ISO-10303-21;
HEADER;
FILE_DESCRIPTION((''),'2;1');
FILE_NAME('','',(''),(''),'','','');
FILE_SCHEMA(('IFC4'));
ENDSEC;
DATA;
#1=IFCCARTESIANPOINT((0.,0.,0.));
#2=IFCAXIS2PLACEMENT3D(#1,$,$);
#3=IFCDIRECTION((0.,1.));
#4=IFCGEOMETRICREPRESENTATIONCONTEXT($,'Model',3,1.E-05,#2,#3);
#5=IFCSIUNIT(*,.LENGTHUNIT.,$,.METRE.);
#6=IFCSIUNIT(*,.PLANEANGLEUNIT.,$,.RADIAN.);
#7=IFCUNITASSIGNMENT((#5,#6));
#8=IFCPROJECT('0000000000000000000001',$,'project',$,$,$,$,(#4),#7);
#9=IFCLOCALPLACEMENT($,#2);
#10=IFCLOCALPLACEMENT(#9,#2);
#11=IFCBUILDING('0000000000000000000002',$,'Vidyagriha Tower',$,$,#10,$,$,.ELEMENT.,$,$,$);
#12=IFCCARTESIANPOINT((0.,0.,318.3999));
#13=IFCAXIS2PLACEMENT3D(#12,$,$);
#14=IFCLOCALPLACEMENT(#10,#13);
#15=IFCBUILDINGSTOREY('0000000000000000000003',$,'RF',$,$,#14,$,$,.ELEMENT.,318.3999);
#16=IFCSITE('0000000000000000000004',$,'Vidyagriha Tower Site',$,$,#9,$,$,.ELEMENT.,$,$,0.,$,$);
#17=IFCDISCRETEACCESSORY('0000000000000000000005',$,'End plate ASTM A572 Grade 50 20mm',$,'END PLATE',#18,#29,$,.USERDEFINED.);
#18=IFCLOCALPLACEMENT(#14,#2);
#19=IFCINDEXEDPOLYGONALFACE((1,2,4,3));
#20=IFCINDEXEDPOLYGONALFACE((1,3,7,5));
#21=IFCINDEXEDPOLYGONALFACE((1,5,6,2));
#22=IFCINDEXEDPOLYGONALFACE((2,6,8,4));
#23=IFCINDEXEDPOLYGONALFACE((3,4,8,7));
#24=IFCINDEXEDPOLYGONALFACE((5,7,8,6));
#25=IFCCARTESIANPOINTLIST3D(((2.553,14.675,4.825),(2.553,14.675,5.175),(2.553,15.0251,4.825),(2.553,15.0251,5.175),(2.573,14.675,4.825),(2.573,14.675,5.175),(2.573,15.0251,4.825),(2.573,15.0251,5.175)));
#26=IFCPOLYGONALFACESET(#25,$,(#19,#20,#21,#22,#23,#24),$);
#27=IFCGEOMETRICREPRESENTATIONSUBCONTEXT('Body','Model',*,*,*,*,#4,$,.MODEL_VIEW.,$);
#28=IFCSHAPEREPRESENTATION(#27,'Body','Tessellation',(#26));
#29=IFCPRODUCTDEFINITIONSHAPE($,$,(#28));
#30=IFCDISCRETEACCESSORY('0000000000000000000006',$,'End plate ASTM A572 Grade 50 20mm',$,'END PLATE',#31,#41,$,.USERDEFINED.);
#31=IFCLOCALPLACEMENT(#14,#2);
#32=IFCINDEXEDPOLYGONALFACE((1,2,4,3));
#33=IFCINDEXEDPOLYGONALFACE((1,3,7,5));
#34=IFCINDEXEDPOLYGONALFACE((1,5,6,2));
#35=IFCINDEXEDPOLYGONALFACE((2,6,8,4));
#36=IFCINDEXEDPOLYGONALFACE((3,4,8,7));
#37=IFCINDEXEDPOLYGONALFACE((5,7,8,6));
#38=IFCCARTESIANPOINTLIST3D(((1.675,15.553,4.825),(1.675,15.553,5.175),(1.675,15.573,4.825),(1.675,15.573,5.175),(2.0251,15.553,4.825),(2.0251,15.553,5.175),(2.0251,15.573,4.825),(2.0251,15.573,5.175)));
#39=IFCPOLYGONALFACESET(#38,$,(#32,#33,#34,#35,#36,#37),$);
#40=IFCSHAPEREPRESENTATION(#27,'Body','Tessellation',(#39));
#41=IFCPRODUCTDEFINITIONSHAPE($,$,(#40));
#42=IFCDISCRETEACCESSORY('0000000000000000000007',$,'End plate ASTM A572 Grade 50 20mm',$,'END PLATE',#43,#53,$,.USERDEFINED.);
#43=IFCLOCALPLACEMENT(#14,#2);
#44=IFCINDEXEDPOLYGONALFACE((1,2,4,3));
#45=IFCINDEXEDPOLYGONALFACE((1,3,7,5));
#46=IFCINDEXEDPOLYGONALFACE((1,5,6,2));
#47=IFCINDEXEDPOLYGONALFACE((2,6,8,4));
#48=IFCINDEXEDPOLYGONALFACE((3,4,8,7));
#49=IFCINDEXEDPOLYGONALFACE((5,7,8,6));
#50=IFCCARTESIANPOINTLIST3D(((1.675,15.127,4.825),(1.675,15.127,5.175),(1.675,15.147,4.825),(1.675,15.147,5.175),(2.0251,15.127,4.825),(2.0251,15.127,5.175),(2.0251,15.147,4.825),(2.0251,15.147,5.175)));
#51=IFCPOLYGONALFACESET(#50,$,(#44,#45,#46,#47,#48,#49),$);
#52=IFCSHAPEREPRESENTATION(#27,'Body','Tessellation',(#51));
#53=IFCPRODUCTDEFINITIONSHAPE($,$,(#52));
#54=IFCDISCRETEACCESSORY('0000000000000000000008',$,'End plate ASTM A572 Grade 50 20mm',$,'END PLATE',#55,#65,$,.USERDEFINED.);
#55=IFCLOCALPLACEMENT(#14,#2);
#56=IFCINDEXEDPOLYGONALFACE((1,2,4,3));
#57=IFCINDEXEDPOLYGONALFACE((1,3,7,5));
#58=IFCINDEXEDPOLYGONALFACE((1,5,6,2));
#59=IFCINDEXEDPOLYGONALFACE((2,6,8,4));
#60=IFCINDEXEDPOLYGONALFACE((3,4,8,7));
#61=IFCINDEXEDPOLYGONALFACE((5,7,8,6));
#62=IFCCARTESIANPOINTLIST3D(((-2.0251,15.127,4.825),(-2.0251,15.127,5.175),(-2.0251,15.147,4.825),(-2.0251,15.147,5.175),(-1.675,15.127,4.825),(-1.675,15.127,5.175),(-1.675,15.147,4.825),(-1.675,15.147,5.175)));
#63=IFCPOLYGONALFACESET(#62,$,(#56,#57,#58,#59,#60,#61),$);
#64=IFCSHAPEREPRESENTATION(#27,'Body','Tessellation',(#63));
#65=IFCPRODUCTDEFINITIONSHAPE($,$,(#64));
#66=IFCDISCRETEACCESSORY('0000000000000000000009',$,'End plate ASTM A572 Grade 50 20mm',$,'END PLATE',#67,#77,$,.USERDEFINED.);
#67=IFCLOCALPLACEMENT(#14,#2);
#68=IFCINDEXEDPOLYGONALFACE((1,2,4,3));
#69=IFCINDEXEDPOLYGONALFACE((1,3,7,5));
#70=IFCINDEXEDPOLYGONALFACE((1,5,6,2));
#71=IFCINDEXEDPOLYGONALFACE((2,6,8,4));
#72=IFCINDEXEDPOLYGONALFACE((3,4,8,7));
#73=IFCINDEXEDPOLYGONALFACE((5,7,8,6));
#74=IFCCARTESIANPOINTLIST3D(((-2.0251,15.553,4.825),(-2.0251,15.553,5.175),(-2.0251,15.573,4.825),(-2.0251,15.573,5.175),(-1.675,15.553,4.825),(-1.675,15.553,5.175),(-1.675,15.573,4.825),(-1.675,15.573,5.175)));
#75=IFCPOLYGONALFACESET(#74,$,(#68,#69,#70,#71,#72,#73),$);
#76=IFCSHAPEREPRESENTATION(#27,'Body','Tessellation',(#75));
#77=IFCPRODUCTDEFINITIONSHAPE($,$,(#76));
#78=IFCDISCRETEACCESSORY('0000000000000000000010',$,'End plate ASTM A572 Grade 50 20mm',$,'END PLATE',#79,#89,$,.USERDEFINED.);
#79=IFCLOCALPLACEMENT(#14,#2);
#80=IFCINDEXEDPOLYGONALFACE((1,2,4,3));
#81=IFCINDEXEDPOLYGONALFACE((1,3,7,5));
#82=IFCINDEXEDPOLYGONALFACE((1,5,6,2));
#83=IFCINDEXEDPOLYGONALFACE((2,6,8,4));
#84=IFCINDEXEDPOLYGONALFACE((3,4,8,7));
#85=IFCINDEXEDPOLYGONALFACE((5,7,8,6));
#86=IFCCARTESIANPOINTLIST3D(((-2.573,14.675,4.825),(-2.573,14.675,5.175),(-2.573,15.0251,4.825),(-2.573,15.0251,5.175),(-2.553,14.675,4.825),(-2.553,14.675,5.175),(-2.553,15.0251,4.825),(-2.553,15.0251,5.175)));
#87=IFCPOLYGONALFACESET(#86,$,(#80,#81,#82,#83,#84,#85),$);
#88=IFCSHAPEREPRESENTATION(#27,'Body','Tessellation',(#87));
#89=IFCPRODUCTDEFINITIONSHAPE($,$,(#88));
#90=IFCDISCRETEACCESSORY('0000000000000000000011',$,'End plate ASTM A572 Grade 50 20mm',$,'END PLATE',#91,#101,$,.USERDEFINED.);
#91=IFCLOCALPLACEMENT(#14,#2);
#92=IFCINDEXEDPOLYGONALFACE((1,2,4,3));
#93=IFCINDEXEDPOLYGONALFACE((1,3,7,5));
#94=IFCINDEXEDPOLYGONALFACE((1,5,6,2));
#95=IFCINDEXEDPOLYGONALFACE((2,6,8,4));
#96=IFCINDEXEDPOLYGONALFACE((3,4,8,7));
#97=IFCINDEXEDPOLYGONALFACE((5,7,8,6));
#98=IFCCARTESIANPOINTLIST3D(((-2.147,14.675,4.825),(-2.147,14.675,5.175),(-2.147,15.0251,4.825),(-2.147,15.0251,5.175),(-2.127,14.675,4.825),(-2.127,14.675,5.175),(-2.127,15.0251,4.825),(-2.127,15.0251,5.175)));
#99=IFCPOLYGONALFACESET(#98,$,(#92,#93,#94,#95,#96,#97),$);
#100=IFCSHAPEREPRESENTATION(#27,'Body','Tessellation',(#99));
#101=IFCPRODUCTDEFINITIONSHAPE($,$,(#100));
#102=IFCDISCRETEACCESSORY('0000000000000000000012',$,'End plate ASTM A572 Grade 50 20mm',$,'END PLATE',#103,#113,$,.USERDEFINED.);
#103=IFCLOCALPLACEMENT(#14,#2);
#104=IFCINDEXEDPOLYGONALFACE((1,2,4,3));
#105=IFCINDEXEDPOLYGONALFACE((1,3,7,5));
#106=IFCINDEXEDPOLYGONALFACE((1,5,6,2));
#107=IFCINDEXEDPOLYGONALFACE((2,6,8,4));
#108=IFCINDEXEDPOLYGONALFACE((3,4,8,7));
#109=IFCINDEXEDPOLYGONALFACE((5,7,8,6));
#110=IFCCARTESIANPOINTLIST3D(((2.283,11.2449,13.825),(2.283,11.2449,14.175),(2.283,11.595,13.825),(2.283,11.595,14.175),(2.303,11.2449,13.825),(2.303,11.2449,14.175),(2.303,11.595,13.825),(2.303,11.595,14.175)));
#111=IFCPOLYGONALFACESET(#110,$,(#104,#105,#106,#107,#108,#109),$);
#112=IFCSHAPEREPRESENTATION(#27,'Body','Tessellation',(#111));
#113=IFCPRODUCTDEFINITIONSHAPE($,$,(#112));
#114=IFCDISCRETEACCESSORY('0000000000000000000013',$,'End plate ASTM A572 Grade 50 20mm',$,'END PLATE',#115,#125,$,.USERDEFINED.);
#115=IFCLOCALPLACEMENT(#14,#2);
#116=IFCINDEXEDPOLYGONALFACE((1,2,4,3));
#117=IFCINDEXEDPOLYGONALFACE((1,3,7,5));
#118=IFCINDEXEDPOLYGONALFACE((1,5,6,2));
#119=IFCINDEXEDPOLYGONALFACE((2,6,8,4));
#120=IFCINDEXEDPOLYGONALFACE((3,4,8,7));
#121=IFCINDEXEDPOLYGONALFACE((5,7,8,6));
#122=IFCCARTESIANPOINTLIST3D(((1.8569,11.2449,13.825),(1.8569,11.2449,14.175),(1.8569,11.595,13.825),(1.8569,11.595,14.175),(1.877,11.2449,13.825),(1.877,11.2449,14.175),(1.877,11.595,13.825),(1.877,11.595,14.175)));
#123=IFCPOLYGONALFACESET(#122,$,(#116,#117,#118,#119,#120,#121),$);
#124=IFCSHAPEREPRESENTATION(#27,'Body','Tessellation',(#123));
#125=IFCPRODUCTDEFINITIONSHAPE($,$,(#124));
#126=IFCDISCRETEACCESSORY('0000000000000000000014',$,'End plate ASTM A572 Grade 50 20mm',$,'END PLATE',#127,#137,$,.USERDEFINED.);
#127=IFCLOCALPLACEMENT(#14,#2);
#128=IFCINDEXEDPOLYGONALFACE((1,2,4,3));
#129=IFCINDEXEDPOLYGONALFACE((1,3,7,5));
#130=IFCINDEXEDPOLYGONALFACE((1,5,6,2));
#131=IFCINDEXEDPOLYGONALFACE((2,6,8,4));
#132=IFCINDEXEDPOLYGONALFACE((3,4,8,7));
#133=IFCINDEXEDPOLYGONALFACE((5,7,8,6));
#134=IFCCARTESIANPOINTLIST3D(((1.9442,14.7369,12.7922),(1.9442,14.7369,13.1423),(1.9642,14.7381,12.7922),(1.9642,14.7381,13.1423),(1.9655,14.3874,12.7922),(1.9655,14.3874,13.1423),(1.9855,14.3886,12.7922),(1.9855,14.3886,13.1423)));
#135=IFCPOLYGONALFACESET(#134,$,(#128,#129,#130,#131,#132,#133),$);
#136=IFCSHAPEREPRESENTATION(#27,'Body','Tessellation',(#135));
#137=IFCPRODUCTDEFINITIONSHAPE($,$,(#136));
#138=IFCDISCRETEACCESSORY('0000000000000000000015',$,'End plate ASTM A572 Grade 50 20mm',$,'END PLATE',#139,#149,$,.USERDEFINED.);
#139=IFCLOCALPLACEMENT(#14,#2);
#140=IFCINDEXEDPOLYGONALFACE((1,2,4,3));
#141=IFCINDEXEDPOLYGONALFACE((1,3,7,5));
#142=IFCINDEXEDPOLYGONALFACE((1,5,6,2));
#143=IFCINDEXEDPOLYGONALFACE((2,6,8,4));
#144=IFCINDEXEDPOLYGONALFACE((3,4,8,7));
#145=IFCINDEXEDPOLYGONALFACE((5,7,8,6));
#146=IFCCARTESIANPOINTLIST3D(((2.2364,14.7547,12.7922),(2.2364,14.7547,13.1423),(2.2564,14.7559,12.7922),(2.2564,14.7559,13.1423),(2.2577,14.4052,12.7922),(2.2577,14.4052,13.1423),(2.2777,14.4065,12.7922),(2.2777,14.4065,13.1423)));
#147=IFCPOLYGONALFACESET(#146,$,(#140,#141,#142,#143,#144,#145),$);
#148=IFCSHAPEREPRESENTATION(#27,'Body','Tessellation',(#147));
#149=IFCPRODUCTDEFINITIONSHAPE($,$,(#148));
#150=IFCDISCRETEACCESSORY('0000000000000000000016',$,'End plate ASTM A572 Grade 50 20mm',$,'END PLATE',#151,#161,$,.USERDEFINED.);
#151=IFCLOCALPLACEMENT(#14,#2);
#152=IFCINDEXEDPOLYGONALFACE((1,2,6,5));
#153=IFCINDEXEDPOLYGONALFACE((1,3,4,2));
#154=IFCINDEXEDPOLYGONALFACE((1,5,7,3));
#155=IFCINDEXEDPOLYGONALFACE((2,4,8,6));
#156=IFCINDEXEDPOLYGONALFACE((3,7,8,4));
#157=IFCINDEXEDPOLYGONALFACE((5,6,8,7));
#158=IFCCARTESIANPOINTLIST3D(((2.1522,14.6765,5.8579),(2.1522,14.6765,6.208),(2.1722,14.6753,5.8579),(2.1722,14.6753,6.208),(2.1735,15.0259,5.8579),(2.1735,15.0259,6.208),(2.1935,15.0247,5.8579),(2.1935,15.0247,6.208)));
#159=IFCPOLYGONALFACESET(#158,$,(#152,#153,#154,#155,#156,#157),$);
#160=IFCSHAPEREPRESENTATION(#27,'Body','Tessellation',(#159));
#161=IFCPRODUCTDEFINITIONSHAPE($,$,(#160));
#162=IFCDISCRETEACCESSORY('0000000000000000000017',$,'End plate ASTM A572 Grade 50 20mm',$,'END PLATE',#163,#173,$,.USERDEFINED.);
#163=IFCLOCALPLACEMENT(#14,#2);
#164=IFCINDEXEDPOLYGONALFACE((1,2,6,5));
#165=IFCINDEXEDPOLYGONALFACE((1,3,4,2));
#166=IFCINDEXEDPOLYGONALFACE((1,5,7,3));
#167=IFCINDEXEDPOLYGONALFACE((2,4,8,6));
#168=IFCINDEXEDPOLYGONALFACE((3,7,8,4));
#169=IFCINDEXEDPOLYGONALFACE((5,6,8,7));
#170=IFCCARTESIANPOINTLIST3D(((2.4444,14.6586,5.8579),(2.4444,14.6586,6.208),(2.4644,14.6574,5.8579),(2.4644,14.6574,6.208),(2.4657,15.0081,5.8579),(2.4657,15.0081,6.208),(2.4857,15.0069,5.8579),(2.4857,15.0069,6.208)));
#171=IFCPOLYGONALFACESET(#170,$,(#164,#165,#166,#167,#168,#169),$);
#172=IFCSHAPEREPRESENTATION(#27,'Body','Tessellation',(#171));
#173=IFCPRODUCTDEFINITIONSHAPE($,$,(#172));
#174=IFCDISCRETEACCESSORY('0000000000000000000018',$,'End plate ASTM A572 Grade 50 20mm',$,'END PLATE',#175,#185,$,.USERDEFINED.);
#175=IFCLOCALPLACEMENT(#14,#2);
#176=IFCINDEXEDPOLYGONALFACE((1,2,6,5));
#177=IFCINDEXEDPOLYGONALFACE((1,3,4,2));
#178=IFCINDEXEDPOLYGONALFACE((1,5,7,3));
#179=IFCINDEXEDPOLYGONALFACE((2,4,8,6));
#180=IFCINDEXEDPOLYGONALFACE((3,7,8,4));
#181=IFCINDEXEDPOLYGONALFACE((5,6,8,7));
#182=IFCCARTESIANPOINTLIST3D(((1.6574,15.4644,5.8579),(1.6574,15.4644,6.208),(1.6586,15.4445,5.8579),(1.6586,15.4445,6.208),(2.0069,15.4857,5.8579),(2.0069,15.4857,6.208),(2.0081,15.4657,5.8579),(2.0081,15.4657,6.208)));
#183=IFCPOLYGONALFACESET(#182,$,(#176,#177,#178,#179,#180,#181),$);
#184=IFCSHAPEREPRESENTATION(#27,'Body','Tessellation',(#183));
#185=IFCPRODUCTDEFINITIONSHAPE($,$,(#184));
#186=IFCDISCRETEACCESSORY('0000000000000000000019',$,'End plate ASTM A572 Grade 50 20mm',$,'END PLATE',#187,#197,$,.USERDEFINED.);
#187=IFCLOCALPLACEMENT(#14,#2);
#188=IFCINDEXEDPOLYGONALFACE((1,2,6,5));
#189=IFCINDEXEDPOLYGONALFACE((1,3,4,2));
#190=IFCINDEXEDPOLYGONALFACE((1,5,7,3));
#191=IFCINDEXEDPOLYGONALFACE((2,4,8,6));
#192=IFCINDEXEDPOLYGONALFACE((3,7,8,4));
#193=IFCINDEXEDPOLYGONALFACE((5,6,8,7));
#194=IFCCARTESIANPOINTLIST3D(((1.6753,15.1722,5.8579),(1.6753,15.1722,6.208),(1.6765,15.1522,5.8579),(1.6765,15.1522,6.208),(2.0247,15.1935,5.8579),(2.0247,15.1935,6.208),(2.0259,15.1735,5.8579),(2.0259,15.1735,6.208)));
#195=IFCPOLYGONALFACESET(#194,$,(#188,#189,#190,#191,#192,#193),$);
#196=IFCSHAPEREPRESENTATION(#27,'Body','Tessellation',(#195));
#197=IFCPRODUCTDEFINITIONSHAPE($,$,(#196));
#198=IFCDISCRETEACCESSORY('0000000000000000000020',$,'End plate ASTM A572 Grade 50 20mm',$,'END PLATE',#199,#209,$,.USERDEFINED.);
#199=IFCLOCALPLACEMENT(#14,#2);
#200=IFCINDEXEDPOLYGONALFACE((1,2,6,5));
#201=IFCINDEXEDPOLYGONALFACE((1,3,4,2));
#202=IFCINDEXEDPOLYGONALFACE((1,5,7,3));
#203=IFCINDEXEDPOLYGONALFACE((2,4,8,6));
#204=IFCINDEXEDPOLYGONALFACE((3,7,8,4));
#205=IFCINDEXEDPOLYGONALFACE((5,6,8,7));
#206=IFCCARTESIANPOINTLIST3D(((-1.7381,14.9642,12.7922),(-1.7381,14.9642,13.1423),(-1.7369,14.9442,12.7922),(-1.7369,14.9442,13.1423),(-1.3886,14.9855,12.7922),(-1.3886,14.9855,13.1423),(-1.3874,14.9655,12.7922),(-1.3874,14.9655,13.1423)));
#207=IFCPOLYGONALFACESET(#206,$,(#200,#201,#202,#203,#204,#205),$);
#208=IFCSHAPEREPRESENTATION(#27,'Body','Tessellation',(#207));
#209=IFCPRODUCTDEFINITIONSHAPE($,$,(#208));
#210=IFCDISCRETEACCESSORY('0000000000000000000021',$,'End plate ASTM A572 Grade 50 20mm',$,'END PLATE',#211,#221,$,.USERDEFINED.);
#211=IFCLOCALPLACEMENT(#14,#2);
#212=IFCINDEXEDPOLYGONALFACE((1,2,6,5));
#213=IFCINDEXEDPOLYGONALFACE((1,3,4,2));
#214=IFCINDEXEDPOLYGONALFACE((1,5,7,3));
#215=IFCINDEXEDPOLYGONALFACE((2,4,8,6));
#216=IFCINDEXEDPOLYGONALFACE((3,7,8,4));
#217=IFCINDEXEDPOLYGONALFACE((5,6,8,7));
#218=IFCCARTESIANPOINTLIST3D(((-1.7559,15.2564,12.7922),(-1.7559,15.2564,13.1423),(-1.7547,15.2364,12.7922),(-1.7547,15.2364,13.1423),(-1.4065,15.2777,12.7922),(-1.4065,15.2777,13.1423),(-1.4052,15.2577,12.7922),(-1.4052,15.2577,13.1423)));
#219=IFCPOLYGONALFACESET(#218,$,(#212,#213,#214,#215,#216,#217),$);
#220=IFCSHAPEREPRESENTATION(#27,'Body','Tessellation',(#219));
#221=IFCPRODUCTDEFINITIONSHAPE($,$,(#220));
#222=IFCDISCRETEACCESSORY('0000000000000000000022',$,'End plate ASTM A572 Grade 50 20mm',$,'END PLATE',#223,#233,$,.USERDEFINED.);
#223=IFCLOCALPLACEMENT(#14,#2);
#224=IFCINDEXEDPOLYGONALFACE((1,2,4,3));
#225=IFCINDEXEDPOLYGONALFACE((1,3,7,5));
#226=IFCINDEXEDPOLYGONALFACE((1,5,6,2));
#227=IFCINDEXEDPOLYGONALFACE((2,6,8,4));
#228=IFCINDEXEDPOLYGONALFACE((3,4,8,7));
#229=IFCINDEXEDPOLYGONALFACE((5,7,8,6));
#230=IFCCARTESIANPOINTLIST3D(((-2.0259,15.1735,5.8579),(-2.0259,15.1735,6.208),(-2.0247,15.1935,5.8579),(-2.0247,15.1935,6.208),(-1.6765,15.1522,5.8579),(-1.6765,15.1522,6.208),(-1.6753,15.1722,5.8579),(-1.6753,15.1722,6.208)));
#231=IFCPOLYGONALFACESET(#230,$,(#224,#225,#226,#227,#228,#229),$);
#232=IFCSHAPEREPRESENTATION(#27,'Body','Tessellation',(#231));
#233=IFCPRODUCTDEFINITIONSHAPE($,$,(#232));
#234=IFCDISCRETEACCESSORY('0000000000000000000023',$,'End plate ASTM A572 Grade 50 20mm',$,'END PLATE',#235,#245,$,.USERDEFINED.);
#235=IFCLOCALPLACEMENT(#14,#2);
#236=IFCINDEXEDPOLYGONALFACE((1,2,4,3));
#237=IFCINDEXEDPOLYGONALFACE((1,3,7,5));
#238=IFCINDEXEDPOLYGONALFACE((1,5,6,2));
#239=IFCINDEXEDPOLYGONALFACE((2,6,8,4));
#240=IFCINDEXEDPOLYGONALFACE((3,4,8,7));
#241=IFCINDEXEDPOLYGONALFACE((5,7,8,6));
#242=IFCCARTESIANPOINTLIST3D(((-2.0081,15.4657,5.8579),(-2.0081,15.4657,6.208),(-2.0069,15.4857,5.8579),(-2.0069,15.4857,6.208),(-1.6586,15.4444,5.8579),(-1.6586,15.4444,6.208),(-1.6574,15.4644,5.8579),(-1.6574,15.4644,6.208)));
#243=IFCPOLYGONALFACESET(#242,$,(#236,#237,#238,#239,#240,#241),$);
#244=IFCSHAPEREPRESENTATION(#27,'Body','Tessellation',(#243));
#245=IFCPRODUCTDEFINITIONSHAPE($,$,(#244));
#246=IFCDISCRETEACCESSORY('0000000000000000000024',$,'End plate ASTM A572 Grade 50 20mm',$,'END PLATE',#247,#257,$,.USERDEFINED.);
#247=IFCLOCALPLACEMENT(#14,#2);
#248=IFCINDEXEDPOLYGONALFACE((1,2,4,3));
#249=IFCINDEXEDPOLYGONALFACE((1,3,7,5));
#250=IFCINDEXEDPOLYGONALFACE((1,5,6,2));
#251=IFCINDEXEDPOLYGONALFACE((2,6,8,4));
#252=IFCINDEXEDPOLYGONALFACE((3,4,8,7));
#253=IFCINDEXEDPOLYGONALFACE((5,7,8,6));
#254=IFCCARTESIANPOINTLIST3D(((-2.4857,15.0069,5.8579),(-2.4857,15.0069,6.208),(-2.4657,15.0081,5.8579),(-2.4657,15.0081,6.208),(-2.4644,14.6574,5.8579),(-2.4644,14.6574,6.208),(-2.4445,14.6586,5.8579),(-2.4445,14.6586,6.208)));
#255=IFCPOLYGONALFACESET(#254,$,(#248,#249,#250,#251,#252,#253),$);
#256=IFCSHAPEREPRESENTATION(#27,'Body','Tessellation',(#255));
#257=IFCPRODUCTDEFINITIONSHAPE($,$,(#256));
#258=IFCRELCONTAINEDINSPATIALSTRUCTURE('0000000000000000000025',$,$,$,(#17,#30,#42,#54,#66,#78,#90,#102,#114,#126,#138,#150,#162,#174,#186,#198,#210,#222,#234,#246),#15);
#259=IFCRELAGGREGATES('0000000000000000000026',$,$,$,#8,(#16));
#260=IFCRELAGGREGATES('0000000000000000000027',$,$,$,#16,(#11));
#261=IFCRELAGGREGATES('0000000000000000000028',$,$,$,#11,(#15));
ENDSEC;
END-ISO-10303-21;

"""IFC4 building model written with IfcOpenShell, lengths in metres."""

from ifc_helpers import new_model, si_unit, direction, frame, origin, origin_2d, place, context, subcontext, project, spatial, rectangle, extrude, element, save


model = new_model("IFC4")

# Units and contexts
model_context = context("Model", 3, precision=1e-05, world=origin(), true_north=direction((0.0, 1.0)))
body_context = subcontext(model_context, "Body", "Model", "MODEL_VIEW")
ifc_project = project(units=[si_unit("LENGTHUNIT", "METRE"), si_unit("PLANEANGLEUNIT", "RADIAN")], contexts=[model_context])

# Site, building, storey
site_placement = place(None, origin())
site = spatial("IfcSite", under=ifc_project, at=site_placement, Name="Vidyagriha Tower Site", CompositionType="ELEMENT", RefElevation=0.0)
building_placement = place(site_placement, origin())
building = spatial("IfcBuilding", under=site, at=building_placement, Name="Vidyagriha Tower", CompositionType="ELEMENT")
storey_placement = place(building_placement, frame((0.0, 0.0, 318.3999)))
storey = spatial("IfcBuildingStorey", under=building, at=storey_placement, Name="RF", CompositionType="ELEMENT", Elevation=318.3999)

# Discrete accessories
for number, where, z_axis, x_axis, name in (
    (1, (2.563, 14.8501, 4.825), (0.0, 0.0, 1.0), (0.0, 1.0, 0.0), "End plate ASTM A572 Grade 50 20mm"),
):
    element("IfcDiscreteAccessory", number, at=place(storey_placement, frame(where, z_axis=z_axis, x_axis=x_axis)), inside=storey, Name=name, ObjectType="END PLATE", PredefinedType="USERDEFINED", context=body_context, shape_type="SweptSolid", body=[
        extrude(rectangle(XDim=0.3501, YDim=0.02, at=origin_2d()), origin(), (0.0, 0.0, 1.0), 0.3501),
    ])
for number, where, name in (
    (2, (1.8501, 15.563, 4.825), "End plate ASTM A572 Grade 50 20mm"),
    (3, (1.8501, 15.137, 4.825), "End plate ASTM A572 Grade 50 20mm"),
):
    element("IfcDiscreteAccessory", number, at=place(storey_placement, frame(where)), inside=storey, Name=name, ObjectType="END PLATE", PredefinedType="USERDEFINED", context=body_context, shape_type="SweptSolid", body=[
        extrude(rectangle(XDim=0.3501, YDim=0.02, at=origin_2d()), origin(), (0.0, 0.0, 1.0), 0.3501),
    ])
for number, where, z_axis, x_axis, name in (
    (4, (-1.8501, 15.137, 4.825), (0.0, 0.0, 1.0), (-1.0, 0.0, 0.0), "End plate ASTM A572 Grade 50 20mm"),
    (5, (-1.8501, 15.563, 4.825), (0.0, 0.0, 1.0), (-1.0, 0.0, 0.0), "End plate ASTM A572 Grade 50 20mm"),
    (6, (-2.563, 14.8501, 4.825), (0.0, 0.0, 1.0), (0.0, 1.0, 0.0), "End plate ASTM A572 Grade 50 20mm"),
    (7, (-2.137, 14.8501, 4.825), (0.0, 0.0, 1.0), (0.0, 1.0, 0.0), "End plate ASTM A572 Grade 50 20mm"),
    (8, (2.293, 11.4199, 13.825), (0.0, 0.0, 1.0), (0.0, -1.0, 0.0), "End plate ASTM A572 Grade 50 20mm"),
    (9, (1.8669, 11.4199, 13.825), (0.0, 0.0, 1.0), (0.0, -1.0, 0.0), "End plate ASTM A572 Grade 50 20mm"),
    (10, (1.9648, 14.5627, 12.7922), (0.0, 0.0, 1.0), (-0.06082, 0.998149, 0.0), "End plate ASTM A572 Grade 50 20mm"),
    (11, (2.2571, 14.5806, 12.7922), (0.0, 0.0, 1.0), (-0.06082, 0.998149, 0.0), "End plate ASTM A572 Grade 50 20mm"),
    (12, (2.1729, 14.8506, 5.8579), (0.0, 0.0, 1.0), (0.060824, 0.998149, 0.0), "End plate ASTM A572 Grade 50 20mm"),
    (13, (2.4651, 14.8328, 5.8579), (0.0, 0.0, 1.0), (0.060824, 0.998149, 0.0), "End plate ASTM A572 Grade 50 20mm"),
    (14, (1.8328, 15.4651, 5.8579), (0.0, 0.0, 1.0), (0.998149, 0.06082, 0.0), "End plate ASTM A572 Grade 50 20mm"),
    (15, (1.8506, 15.1729, 5.8579), (0.0, 0.0, 1.0), (0.998149, 0.06082, 0.0), "End plate ASTM A572 Grade 50 20mm"),
    (16, (-1.5627, 14.9648, 12.7922), (0.0, 0.0, 1.0), (-0.998149, -0.06082, 0.0), "End plate ASTM A572 Grade 50 20mm"),
    (17, (-1.5806, 15.2571, 12.7922), (0.0, 0.0, 1.0), (-0.998149, -0.06082, 0.0), "End plate ASTM A572 Grade 50 20mm"),
    (18, (-1.8506, 15.1729, 5.8579), (0.0, 0.0, 1.0), (-0.998149, 0.060824, 0.0), "End plate ASTM A572 Grade 50 20mm"),
    (19, (-1.8328, 15.4651, 5.8579), (0.0, 0.0, 1.0), (-0.998149, 0.060824, 0.0), "End plate ASTM A572 Grade 50 20mm"),
    (20, (-2.4651, 14.8328, 5.8579), (0.0, 0.0, 1.0), (-0.06082, 0.998149, 0.0), "End plate ASTM A572 Grade 50 20mm"),
):
    element("IfcDiscreteAccessory", number, at=place(storey_placement, frame(where, z_axis=z_axis, x_axis=x_axis)), inside=storey, Name=name, ObjectType="END PLATE", PredefinedType="USERDEFINED", context=body_context, shape_type="SweptSolid", body=[
        extrude(rectangle(XDim=0.3501, YDim=0.02, at=origin_2d()), origin(), (0.0, 0.0, 1.0), 0.3501),
    ])

save(model, "model.ifc")
